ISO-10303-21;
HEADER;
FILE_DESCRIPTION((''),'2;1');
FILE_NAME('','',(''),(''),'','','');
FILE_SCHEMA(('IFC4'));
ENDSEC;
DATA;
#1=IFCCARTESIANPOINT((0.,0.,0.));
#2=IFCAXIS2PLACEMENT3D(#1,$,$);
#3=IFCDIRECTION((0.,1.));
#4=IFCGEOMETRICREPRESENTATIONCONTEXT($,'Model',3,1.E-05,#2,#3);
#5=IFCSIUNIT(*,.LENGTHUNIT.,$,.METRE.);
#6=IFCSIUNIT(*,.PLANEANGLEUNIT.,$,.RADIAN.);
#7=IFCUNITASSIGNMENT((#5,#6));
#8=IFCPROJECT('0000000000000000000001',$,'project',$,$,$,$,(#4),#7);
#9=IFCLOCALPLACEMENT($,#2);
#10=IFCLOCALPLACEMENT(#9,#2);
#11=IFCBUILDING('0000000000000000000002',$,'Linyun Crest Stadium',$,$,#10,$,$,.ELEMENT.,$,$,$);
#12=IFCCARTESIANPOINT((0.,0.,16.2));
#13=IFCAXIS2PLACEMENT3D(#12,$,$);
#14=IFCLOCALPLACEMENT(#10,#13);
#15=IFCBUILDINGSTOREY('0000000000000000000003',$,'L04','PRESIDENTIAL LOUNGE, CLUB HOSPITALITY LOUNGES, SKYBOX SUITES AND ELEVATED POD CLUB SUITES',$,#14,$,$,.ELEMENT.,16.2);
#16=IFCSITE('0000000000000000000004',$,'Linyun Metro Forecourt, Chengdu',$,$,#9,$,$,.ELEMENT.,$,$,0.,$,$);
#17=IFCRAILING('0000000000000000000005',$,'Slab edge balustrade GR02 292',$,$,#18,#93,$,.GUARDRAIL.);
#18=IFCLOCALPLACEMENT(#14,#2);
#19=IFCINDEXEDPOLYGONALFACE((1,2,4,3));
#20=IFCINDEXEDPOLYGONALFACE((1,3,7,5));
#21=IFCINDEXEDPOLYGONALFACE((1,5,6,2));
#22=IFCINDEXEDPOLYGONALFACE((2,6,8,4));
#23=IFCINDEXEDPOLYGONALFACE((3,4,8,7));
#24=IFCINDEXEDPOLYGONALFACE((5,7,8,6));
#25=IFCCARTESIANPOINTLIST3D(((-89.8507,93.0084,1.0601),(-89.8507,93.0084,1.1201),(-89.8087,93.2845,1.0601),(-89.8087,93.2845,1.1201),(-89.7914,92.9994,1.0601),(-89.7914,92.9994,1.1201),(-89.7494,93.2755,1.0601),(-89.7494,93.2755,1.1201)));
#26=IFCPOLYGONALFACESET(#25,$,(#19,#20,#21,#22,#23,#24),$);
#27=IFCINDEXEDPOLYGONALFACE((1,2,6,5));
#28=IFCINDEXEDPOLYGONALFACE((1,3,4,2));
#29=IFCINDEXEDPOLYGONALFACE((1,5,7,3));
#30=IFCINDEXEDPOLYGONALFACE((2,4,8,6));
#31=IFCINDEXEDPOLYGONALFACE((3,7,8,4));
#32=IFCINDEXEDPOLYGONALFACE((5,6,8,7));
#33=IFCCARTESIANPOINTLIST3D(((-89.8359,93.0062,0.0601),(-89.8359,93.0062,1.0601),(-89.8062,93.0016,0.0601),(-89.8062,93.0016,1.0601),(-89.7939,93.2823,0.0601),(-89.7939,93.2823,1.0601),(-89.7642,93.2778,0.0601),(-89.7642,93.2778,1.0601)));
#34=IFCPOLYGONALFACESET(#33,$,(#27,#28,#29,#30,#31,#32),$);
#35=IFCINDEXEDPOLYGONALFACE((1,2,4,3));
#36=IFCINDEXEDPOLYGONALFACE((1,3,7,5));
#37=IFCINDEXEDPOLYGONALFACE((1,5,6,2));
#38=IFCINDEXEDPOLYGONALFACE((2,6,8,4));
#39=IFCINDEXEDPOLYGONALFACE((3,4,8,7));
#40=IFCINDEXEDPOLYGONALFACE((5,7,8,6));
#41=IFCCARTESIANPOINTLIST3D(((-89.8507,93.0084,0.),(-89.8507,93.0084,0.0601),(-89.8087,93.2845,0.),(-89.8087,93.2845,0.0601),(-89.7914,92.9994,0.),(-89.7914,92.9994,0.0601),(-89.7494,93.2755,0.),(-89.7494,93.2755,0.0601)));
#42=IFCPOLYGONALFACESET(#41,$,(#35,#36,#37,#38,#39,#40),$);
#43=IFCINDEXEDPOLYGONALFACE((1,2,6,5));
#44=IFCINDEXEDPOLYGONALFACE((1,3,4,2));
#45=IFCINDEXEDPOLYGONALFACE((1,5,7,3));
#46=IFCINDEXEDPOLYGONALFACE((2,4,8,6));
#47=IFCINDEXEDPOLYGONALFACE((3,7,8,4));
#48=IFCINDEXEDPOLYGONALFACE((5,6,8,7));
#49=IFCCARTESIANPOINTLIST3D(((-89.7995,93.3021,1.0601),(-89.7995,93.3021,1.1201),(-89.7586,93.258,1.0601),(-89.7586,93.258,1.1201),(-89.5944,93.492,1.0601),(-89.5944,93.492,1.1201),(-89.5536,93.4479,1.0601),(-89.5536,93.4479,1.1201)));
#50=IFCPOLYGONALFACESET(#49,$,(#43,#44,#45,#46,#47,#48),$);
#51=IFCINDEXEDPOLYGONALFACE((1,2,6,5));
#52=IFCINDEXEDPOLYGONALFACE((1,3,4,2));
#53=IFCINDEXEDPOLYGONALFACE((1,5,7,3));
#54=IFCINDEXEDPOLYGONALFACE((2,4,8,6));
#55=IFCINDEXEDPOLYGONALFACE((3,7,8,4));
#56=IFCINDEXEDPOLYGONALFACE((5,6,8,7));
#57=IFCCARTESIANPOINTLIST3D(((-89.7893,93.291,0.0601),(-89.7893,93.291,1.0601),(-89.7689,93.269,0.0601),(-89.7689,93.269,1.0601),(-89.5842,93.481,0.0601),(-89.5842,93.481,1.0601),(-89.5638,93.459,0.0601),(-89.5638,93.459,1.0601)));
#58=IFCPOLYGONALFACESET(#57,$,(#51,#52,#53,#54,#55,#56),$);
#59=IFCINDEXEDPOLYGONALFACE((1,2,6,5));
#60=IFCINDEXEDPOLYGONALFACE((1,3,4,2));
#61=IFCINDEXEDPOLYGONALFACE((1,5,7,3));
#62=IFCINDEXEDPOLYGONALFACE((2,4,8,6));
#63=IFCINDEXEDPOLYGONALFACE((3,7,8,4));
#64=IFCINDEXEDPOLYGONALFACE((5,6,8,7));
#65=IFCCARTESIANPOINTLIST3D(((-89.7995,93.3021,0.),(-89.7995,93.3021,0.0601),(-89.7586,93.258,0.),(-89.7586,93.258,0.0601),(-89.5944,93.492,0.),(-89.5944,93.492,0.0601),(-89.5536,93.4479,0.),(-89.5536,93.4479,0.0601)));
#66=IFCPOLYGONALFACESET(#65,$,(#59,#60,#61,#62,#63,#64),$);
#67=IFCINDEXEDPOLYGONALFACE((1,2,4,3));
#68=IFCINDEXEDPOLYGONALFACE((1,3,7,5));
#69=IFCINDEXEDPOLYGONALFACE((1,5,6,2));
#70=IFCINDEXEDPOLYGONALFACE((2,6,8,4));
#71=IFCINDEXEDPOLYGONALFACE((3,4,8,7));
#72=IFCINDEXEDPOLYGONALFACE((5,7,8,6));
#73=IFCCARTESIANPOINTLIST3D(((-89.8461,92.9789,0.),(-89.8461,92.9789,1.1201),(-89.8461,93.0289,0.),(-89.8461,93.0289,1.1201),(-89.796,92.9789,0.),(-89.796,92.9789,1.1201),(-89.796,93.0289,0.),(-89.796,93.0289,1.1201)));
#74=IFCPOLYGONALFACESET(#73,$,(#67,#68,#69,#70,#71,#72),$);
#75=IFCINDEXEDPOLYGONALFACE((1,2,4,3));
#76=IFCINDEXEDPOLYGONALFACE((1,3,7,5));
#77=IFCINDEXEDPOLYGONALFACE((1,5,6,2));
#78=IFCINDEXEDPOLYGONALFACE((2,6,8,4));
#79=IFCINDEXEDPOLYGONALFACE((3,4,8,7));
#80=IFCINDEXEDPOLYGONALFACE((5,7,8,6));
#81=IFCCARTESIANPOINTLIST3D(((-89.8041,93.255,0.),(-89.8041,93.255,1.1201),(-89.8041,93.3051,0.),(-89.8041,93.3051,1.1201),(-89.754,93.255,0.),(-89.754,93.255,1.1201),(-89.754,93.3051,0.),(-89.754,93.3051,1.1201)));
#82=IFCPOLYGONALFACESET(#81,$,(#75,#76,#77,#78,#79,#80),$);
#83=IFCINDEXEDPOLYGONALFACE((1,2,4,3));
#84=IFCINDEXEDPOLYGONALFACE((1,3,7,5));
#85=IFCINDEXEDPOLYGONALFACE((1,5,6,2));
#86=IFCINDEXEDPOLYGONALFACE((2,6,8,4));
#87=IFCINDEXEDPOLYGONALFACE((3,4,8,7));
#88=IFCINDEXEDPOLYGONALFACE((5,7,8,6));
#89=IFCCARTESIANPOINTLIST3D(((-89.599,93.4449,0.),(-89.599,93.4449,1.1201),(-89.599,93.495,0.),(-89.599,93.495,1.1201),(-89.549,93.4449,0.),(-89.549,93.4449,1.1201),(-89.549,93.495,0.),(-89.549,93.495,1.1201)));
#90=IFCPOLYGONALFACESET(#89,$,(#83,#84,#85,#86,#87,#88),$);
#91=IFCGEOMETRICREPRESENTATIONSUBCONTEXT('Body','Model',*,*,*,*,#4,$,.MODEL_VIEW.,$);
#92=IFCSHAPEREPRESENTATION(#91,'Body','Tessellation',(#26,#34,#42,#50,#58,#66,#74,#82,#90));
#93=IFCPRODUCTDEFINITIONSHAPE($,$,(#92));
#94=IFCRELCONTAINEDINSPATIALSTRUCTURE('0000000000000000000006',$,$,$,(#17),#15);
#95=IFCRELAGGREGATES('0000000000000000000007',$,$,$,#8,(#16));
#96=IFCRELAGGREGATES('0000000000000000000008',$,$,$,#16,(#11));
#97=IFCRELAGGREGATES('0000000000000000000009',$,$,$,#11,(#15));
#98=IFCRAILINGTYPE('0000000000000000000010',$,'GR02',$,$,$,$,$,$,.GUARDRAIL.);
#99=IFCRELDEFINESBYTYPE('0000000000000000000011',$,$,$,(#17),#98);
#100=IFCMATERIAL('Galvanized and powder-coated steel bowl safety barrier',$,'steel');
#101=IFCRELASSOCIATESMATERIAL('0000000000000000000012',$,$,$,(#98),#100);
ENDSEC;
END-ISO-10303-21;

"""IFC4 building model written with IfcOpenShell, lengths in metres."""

from ifc_helpers import new_model, si_unit, direction, frame, origin, origin_2d, place, context, subcontext, project, spatial, rectangle, extrude, material, type_object, element, save


model = new_model("IFC4")

# Units and contexts
model_context = context("Model", 3, precision=1e-05, world=origin(), true_north=direction((0.0, 1.0)))
body_context = subcontext(model_context, "Body", "Model", "MODEL_VIEW")
ifc_project = project(units=[si_unit("LENGTHUNIT", "METRE"), si_unit("PLANEANGLEUNIT", "RADIAN")], contexts=[model_context])

# Site, building, storey
site_placement = place(None, origin())
site = spatial("IfcSite", under=ifc_project, at=site_placement, Name="Linyun Metro Forecourt, Chengdu", CompositionType="ELEMENT", RefElevation=0.0)
building_placement = place(site_placement, origin())
building = spatial("IfcBuilding", under=site, at=building_placement, Name="Linyun Crest Stadium", CompositionType="ELEMENT")
storey_placement = place(building_placement, frame((0.0, 0.0, 16.2)))
storey = spatial("IfcBuildingStorey", under=building, at=storey_placement, Name="L04", Description="PRESIDENTIAL LOUNGE, CLUB HOSPITALITY LOUNGES, SKYBOX SUITES AND ELEVATED POD CLUB SUITES", CompositionType="ELEMENT", Elevation=16.2)

# Railing
ifc_material_1 = material(Name="Galvanized and powder-coated steel bowl safety barrier", Category="steel")
railing_type = type_object("IfcRailingType", Name="GR02", PredefinedType="GUARDRAIL", material=ifc_material_1)
railing_placement = place(storey_placement, frame((-89.821, 93.0039, 0.0)))
element("IfcRailing", 1, at=railing_placement, inside=storey, type_object=railing_type, Name="Slab edge balustrade GR02 292", PredefinedType="GUARDRAIL", context=body_context, shape_type="SweptSolid", body=[
    extrude(rectangle(XDim=0.0601, YDim=0.0601, at=origin_2d()), frame((0.0, 0.0, 1.0901), z_axis=(0.150349, 0.988633, 0.0), x_axis=(-0.988633, 0.150349, 0.0)), (0.0, 0.0, 1.0), 0.2793),
    extrude(rectangle(XDim=0.03, YDim=1.0, at=origin_2d()), frame((0.0, 0.0, 0.5601), z_axis=(0.150349, 0.988633, 0.0), x_axis=(-0.988633, 0.150349, 0.0)), (0.0, 0.0, 1.0), 0.2793),
    extrude(rectangle(XDim=0.0601, YDim=0.0601, at=origin_2d()), frame((0.0, 0.0, 0.03), z_axis=(0.150349, 0.988633, 0.0), x_axis=(-0.988633, 0.150349, 0.0)), (0.0, 0.0, 1.0), 0.2793),
    extrude(rectangle(XDim=0.0601, YDim=0.0601, at=origin_2d()), frame((0.042, 0.2761, 1.0901), z_axis=(0.733664, 0.679513, 0.0), x_axis=(-0.679513, 0.733664, 0.0)), (0.0, 0.0, 1.0), 0.2795),
    extrude(rectangle(XDim=0.03, YDim=1.0, at=origin_2d()), frame((0.042, 0.2761, 0.5601), z_axis=(0.733664, 0.679513, 0.0), x_axis=(-0.679513, 0.733664, 0.0)), (0.0, 0.0, 1.0), 0.2795),
    extrude(rectangle(XDim=0.0601, YDim=0.0601, at=origin_2d()), frame((0.042, 0.2761, 0.03), z_axis=(0.733664, 0.679513, 0.0), x_axis=(-0.679513, 0.733664, 0.0)), (0.0, 0.0, 1.0), 0.2795),
    extrude(rectangle(XDim=0.05, YDim=0.05, at=origin_2d()), origin(), (0.0, 0.0, 1.0), 1.1201),
    extrude(rectangle(XDim=0.05, YDim=0.05, at=origin_2d()), frame((0.042, 0.2761, 0.0)), (0.0, 0.0, 1.0), 1.1201),
    extrude(rectangle(XDim=0.05, YDim=0.05, at=origin_2d()), frame((0.2471, 0.4661, 0.0)), (0.0, 0.0, 1.0), 1.1201),
])

save(model, "model.ifc")
